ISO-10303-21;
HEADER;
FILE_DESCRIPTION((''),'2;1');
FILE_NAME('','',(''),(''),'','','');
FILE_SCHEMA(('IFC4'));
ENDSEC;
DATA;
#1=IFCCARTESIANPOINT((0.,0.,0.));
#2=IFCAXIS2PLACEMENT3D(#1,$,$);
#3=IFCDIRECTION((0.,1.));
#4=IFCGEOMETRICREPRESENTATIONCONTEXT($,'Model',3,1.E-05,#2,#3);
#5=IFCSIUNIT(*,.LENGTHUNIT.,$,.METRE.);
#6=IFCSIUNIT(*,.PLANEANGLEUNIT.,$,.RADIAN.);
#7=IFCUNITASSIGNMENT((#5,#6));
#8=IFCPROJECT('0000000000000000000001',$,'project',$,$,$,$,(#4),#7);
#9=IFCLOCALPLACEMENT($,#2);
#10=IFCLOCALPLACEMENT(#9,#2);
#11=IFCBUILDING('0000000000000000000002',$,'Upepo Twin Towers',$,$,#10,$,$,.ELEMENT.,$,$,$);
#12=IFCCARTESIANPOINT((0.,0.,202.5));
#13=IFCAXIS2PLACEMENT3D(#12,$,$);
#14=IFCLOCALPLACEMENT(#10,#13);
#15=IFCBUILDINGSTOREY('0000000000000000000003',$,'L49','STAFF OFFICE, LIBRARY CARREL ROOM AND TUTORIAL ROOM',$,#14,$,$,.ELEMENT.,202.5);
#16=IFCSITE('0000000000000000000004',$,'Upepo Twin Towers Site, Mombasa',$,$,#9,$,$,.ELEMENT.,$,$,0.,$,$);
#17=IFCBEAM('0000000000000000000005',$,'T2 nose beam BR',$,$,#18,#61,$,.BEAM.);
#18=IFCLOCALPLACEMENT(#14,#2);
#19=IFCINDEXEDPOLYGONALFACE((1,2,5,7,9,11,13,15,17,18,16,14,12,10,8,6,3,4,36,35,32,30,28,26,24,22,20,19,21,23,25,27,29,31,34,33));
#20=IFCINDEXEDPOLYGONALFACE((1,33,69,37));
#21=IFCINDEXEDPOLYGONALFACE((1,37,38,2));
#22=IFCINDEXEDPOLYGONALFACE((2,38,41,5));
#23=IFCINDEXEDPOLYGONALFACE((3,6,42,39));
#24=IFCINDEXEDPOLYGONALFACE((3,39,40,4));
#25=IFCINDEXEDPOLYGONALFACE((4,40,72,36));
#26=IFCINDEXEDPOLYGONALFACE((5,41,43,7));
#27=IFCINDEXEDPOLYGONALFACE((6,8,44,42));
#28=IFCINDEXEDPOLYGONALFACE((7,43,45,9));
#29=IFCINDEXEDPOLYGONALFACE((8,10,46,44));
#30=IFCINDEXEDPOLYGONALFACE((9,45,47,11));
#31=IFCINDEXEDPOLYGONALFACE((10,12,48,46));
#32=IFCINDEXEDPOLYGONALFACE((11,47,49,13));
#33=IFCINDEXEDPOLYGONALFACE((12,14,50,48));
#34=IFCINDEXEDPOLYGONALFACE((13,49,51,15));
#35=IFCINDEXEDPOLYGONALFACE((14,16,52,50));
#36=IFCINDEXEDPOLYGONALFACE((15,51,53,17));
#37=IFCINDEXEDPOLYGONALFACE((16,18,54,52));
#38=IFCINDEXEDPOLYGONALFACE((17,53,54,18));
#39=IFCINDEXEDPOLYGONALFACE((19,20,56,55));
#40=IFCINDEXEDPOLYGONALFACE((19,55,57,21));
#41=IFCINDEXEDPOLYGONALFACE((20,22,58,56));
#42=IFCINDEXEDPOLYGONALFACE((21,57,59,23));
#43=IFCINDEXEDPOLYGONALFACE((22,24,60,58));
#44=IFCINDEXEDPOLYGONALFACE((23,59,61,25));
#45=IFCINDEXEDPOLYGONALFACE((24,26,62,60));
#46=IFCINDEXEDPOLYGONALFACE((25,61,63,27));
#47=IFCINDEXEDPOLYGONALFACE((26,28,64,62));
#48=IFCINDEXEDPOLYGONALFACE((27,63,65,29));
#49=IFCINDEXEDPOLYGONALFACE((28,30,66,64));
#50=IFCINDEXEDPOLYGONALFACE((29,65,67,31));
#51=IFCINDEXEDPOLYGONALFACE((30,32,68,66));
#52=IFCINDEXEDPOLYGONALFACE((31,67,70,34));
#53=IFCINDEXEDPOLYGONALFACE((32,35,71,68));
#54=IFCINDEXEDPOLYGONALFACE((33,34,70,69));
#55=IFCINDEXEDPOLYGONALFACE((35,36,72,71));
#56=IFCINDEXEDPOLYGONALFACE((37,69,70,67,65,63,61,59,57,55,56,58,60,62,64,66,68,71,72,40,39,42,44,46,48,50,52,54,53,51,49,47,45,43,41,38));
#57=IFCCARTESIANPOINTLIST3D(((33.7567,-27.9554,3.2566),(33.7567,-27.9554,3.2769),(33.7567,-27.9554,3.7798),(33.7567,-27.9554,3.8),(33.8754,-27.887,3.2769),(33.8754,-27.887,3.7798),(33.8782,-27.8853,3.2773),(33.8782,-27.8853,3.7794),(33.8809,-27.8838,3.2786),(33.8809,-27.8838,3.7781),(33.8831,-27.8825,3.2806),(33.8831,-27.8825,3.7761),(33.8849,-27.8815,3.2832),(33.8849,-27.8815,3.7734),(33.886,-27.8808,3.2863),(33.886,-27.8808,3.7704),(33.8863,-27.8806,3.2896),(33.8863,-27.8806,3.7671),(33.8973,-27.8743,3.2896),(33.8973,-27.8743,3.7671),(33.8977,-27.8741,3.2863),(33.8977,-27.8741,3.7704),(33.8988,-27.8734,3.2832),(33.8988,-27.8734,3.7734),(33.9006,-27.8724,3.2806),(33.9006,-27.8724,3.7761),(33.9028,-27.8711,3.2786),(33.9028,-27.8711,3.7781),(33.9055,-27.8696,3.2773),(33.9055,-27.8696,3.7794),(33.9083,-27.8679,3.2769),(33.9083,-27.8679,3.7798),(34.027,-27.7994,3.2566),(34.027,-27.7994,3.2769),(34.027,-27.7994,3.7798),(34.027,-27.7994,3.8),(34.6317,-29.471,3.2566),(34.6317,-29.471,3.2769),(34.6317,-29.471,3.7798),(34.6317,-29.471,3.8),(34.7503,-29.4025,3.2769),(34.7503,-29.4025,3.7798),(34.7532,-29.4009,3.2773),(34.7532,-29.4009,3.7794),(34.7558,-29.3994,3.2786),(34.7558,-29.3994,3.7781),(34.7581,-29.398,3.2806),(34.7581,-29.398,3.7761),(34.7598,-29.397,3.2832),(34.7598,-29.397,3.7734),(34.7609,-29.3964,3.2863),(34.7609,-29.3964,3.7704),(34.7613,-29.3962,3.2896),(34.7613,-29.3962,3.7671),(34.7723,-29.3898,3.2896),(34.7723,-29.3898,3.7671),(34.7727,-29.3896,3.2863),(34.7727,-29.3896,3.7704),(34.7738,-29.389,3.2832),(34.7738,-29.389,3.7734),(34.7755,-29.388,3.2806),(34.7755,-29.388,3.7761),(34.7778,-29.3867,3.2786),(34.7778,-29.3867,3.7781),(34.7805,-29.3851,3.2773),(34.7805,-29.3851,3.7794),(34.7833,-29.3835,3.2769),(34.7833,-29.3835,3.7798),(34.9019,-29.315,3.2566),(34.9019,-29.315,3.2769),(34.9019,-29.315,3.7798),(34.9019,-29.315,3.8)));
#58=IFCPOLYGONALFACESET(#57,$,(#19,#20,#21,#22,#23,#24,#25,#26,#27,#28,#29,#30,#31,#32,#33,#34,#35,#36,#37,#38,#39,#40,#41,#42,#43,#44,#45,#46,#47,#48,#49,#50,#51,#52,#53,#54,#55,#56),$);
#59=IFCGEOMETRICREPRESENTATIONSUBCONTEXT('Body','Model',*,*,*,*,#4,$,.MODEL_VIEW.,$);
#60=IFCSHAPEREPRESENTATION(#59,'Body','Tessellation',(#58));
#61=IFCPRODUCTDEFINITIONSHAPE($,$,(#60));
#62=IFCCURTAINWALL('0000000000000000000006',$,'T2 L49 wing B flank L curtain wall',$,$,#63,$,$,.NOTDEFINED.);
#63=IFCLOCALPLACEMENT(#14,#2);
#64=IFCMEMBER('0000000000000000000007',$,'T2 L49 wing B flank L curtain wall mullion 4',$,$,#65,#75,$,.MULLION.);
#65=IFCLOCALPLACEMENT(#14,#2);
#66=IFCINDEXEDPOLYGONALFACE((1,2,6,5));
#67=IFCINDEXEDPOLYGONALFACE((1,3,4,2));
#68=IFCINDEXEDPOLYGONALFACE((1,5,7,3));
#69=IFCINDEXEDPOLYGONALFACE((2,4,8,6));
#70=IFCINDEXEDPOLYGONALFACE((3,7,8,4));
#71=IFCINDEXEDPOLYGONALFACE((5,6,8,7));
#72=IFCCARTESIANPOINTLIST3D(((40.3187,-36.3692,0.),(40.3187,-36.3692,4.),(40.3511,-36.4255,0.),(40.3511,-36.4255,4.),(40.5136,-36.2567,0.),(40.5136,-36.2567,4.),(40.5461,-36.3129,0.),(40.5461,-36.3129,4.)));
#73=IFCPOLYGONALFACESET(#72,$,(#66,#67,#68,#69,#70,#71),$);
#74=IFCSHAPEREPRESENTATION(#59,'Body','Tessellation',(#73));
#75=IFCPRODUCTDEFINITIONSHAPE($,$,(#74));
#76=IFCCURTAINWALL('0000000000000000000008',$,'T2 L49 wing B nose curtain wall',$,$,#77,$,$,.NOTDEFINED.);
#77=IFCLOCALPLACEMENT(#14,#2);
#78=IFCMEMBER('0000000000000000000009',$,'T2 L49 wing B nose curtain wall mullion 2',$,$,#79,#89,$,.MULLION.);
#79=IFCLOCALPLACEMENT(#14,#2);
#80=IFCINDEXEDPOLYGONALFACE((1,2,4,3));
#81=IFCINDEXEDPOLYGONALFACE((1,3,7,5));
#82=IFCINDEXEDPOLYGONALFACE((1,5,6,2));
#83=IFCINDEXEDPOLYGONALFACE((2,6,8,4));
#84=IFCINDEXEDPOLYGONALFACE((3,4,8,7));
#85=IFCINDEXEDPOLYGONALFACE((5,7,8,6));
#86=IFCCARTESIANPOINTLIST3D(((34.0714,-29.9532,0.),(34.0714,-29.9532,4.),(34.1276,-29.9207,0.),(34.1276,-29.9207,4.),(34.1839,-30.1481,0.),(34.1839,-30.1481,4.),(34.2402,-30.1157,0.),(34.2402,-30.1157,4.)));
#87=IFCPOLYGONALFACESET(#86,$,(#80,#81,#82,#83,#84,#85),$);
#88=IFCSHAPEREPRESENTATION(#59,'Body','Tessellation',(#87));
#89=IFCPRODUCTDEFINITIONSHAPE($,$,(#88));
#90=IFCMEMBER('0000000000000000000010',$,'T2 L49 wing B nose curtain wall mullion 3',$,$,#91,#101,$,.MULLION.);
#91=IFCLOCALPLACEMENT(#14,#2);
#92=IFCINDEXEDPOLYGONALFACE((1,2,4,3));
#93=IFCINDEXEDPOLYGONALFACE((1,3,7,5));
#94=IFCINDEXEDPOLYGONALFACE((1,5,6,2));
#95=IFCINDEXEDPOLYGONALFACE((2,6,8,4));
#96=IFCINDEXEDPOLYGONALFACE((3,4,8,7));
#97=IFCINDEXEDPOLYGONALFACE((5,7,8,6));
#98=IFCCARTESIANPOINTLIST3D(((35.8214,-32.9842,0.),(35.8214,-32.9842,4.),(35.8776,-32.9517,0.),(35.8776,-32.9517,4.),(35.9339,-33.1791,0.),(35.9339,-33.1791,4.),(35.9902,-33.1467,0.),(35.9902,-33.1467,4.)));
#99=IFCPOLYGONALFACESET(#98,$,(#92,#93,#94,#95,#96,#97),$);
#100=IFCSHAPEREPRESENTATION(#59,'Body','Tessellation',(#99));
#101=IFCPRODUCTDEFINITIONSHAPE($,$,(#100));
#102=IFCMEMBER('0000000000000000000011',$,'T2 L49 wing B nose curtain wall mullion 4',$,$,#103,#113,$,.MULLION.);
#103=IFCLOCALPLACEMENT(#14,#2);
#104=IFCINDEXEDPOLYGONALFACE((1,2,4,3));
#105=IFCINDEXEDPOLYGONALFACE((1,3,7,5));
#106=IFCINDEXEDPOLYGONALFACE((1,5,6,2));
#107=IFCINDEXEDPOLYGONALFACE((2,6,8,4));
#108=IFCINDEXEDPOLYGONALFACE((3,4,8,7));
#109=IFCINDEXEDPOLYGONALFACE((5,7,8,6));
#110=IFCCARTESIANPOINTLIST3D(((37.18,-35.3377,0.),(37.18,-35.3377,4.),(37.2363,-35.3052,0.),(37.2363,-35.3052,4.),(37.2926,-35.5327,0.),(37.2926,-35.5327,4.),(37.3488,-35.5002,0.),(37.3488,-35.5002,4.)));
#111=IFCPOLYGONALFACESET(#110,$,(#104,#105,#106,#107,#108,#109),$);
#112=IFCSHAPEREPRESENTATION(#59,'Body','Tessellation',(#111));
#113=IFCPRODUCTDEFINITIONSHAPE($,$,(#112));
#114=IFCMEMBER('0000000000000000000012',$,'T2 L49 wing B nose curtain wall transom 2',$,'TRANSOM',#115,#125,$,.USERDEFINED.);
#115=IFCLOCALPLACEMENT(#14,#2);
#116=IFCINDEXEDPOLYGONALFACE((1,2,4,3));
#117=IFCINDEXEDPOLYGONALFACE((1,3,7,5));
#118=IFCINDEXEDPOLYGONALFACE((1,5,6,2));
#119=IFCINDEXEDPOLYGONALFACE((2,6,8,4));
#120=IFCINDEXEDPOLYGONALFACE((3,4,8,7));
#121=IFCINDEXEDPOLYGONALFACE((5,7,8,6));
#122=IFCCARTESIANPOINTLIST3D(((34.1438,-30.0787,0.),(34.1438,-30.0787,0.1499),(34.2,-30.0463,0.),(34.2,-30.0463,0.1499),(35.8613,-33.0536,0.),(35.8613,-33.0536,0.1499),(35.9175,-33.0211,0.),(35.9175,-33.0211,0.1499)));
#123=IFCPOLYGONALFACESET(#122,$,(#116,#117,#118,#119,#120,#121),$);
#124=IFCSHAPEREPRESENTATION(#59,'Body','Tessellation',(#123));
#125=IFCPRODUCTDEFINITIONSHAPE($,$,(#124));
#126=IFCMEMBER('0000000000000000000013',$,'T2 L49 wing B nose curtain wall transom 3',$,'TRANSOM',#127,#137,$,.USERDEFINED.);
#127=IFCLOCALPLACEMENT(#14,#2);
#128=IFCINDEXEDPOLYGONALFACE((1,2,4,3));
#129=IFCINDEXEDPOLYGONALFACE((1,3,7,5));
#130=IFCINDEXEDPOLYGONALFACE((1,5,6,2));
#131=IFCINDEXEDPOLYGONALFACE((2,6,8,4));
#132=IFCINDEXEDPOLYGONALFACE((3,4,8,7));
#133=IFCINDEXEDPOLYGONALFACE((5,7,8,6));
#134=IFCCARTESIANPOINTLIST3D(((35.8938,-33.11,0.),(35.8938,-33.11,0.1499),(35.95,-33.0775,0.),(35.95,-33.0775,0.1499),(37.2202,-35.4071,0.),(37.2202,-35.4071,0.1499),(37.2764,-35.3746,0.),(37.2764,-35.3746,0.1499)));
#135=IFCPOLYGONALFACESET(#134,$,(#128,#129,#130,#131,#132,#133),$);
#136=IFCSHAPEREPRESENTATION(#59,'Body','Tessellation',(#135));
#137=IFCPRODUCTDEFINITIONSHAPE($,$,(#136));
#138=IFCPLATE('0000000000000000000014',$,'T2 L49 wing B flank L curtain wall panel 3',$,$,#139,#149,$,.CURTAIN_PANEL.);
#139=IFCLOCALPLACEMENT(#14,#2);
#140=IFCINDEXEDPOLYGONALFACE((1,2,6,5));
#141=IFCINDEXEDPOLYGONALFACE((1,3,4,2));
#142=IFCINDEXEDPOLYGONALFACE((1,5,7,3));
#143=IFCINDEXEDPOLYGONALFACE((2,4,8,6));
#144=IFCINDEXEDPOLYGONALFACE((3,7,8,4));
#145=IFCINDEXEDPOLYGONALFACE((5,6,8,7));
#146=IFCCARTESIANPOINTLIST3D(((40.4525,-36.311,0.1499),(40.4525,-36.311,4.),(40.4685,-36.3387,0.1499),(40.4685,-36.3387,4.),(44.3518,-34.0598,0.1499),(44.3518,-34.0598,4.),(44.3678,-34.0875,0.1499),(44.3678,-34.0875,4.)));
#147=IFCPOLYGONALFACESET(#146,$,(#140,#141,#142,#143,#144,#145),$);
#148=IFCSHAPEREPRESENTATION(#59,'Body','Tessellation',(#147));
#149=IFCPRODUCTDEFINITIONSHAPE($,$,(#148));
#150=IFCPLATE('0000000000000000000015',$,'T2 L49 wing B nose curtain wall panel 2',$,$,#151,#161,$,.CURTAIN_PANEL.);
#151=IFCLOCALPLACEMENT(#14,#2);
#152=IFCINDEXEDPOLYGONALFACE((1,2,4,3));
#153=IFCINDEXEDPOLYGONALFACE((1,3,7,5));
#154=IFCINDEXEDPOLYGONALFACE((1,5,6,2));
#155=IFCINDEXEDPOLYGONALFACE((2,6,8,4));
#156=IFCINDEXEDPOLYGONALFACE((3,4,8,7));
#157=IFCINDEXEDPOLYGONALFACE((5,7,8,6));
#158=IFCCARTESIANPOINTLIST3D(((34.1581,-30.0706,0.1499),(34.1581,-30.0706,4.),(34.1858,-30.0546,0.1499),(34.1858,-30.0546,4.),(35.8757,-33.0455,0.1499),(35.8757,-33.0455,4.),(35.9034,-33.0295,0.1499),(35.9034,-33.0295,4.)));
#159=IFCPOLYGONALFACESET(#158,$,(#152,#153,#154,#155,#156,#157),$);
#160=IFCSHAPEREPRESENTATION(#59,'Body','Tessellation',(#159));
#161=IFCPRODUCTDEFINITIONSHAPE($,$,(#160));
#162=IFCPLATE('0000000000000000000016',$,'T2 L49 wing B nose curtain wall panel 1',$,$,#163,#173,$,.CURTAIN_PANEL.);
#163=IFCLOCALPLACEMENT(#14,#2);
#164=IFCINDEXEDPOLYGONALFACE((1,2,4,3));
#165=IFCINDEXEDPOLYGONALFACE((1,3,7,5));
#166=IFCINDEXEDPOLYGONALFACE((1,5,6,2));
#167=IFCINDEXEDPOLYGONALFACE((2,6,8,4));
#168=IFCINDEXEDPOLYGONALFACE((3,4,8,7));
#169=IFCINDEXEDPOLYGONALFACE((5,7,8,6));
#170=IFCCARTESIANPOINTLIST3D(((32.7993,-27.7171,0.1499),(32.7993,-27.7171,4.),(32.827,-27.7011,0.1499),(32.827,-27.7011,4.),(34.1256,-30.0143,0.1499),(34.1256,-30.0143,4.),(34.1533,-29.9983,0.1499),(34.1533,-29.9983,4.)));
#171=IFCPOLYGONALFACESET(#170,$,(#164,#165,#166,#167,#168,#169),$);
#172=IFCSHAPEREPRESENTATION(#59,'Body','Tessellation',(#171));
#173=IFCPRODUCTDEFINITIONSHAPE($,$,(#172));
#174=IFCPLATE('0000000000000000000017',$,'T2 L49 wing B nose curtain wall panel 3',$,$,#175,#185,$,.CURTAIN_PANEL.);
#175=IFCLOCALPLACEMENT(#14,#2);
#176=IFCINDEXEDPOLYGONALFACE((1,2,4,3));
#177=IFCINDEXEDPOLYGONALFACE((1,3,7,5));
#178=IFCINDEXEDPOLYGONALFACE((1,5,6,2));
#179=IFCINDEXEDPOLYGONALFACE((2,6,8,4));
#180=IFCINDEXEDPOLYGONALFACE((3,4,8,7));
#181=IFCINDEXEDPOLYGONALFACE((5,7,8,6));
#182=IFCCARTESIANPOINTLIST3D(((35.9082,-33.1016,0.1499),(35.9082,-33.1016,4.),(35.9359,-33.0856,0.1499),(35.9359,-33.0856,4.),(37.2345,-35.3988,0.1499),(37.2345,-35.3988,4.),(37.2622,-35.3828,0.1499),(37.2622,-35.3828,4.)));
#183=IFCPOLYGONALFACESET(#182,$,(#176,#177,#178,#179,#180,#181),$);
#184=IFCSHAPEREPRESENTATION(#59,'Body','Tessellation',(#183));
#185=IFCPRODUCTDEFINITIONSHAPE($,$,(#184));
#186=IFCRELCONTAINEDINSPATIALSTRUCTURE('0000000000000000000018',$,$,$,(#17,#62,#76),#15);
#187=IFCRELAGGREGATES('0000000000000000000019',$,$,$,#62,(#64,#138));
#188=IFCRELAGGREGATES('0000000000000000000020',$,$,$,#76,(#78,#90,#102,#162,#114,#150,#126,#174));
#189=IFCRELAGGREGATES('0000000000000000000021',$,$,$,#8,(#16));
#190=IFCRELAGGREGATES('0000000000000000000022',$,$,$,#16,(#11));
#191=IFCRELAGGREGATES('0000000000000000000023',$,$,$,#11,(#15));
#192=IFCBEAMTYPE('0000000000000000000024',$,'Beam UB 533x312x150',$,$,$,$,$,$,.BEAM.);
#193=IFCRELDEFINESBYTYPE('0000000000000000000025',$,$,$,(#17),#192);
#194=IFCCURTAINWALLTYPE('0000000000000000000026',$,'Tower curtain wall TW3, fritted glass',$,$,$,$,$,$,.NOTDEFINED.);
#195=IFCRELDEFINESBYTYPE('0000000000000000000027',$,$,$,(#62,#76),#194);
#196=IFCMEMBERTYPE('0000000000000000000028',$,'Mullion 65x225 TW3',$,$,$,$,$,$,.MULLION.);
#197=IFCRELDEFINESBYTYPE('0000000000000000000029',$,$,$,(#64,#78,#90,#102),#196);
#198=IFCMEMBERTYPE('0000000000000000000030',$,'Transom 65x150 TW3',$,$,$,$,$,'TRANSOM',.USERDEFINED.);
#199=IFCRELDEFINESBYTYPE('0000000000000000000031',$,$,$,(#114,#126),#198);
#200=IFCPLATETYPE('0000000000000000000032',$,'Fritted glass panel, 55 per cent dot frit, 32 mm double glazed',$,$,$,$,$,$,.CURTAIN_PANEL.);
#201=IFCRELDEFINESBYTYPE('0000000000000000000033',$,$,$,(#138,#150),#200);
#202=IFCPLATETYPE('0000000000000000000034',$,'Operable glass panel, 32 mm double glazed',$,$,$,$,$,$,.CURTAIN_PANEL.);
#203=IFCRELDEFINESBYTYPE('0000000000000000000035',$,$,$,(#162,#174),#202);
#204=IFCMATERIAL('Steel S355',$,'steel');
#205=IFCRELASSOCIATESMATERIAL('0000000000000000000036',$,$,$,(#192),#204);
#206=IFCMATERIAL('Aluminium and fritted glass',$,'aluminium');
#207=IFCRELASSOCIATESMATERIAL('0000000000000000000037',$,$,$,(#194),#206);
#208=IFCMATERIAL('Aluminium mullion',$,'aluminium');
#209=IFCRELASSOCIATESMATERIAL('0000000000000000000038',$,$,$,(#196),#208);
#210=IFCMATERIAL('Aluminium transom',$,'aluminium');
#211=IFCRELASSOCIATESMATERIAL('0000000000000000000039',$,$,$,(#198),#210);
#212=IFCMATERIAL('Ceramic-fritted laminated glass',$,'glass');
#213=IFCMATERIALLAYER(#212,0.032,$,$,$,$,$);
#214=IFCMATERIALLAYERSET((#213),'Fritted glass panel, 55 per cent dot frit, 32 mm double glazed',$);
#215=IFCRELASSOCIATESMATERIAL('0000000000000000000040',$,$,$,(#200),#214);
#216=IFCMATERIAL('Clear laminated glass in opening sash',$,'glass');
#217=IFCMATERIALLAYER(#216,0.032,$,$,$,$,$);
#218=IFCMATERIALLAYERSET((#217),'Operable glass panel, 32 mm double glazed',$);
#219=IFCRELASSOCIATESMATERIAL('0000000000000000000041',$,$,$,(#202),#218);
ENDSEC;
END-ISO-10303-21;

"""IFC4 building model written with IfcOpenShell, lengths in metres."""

from ifc_helpers import new_model, si_unit, direction, frame, origin, origin_2d, place, context, subcontext, project, spatial, rectangle, i_section, extrude, material, layer, layer_set, material_profile, profile_set, type_object, element, aggregate, save


model = new_model("IFC4")

# Units and contexts
model_context = context("Model", 3, precision=1e-05, world=origin(), true_north=direction((0.0, 1.0)))
body_context = subcontext(model_context, "Body", "Model", "MODEL_VIEW")
ifc_project = project(units=[si_unit("LENGTHUNIT", "METRE"), si_unit("PLANEANGLEUNIT", "RADIAN")], contexts=[model_context])

# Site, building, storey
site_placement = place(None, origin())
site = spatial("IfcSite", under=ifc_project, at=site_placement, Name="Upepo Twin Towers Site, Mombasa", CompositionType="ELEMENT", RefElevation=0.0)
building_placement = place(site_placement, origin())
building = spatial("IfcBuilding", under=site, at=building_placement, Name="Upepo Twin Towers", CompositionType="ELEMENT")
storey_placement = place(building_placement, frame((0.0, 0.0, 202.5)))
storey = spatial("IfcBuildingStorey", under=building, at=storey_placement, Name="L49", Description="STAFF OFFICE, LIBRARY CARREL ROOM AND TUTORIAL ROOM", CompositionType="ELEMENT", Elevation=202.5)

# Beam
ifc_material_1 = material(Name="Steel S355", Category="steel")
ifc_material_profile_1 = material_profile(ifc_material_1, i_section(OverallWidth=0.312, OverallDepth=0.5435, WebThickness=0.0127, FlangeThickness=0.0203, FilletRadius=0.0127, at=origin_2d()), Name="UB 533x312x150")
ifc_profile_set_1 = profile_set([ifc_material_profile_1], Name="Steel S355")
beam_type_1 = type_object("IfcBeamType", Name="Beam UB 533x312x150", PredefinedType="BEAM", material=ifc_profile_set_1)
for number, where, z_axis, x_axis, name in (
    (1, (33.8918, -27.8774, 3.5283), (0.49998, -0.866037, 0.0), (0.866037, 0.49998, 0.0), "T2 nose beam BR"),
):
    element("IfcBeam", number, at=place(storey_placement, frame(where, z_axis=z_axis, x_axis=x_axis)), inside=storey, type_object=beam_type_1, Name=name, PredefinedType="BEAM", context=body_context, shape_type="SweptSolid", body=[
        extrude(i_section(OverallWidth=0.312, OverallDepth=0.5435, WebThickness=0.0127, FlangeThickness=0.0203, FilletRadius=0.0127, at=origin_2d()), origin(), (0.0, 0.0, 1.0), 1.75),
    ])

# Curtain wall, member
ifc_material_2 = material(Name="Aluminium and fritted glass", Category="aluminium")
curtain_wall_type = type_object("IfcCurtainWallType", Name="Tower curtain wall TW3, fritted glass", PredefinedType="NOTDEFINED", material=ifc_material_2)
curtain_wall_1_placement = place(storey_placement, origin())
curtain_wall_1 = element("IfcCurtainWall", 2, at=curtain_wall_1_placement, inside=storey, type_object=curtain_wall_type, Name="T2 L49 wing B flank L curtain wall", PredefinedType="NOTDEFINED")
ifc_material_3 = material(Name="Aluminium mullion", Category="aluminium")
ifc_material_profile_2 = material_profile(ifc_material_3, rectangle(XDim=0.0649, YDim=0.2251, at=origin_2d()), Name="MULLION 65x225")
ifc_profile_set_2 = profile_set([ifc_material_profile_2], Name="Aluminium mullion")
member_type_1 = type_object("IfcMemberType", Name="Mullion 65x225 TW3", PredefinedType="MULLION", material=ifc_profile_set_2)
member_1_placement = place(storey_placement, frame((40.4324, -36.3411, 0.0), z_axis=(0.0, 0.0, 1.0), x_axis=(0.5, -0.866025, 0.0)))
member_1 = element("IfcMember", 3, at=member_1_placement, type_object=member_type_1, Name="T2 L49 wing B flank L curtain wall mullion 4", PredefinedType="MULLION", context=body_context, shape_type="SweptSolid", body=[
    extrude(rectangle(XDim=0.0649, YDim=0.2251, at=origin_2d()), origin(), (0.0, 0.0, 1.0), 4.0),
])

# Curtain wall, members
curtain_wall_2_placement = place(storey_placement, origin())
curtain_wall_2 = element("IfcCurtainWall", 4, at=curtain_wall_2_placement, inside=storey, type_object=curtain_wall_type, Name="T2 L49 wing B nose curtain wall", PredefinedType="NOTDEFINED")
member_2_placement = place(storey_placement, frame((34.1558, -30.0344, 0.0), z_axis=(0.0, 0.0, 1.0), x_axis=(0.866025, 0.5, 0.0)))
member_2 = element("IfcMember", 5, at=member_2_placement, type_object=member_type_1, Name="T2 L49 wing B nose curtain wall mullion 2", PredefinedType="MULLION", context=body_context, shape_type="SweptSolid", body=[
    extrude(rectangle(XDim=0.0649, YDim=0.2251, at=origin_2d()), origin(), (0.0, 0.0, 1.0), 4.0),
])
member_3_placement = place(storey_placement, frame((35.9058, -33.0654, 0.0), z_axis=(0.0, 0.0, 1.0), x_axis=(0.866025, 0.5, 0.0)))
member_3 = element("IfcMember", 6, at=member_3_placement, type_object=member_type_1, Name="T2 L49 wing B nose curtain wall mullion 3", PredefinedType="MULLION", context=body_context, shape_type="SweptSolid", body=[
    extrude(rectangle(XDim=0.0649, YDim=0.2251, at=origin_2d()), origin(), (0.0, 0.0, 1.0), 4.0),
])
member_4_placement = place(storey_placement, frame((37.2644, -35.4189, 0.0), z_axis=(0.0, 0.0, 1.0), x_axis=(0.866025, 0.5, 0.0)))
member_4 = element("IfcMember", 7, at=member_4_placement, type_object=member_type_1, Name="T2 L49 wing B nose curtain wall mullion 4", PredefinedType="MULLION", context=body_context, shape_type="SweptSolid", body=[
    extrude(rectangle(XDim=0.0649, YDim=0.2251, at=origin_2d()), origin(), (0.0, 0.0, 1.0), 4.0),
])
ifc_material_4 = material(Name="Aluminium transom", Category="aluminium")
ifc_material_profile_3 = material_profile(ifc_material_4, rectangle(XDim=0.0649, YDim=0.1499, at=origin_2d()), Name="TRANSOM 65x150")
ifc_profile_set_3 = profile_set([ifc_material_profile_3], Name="Aluminium transom")
member_type_2 = type_object("IfcMemberType", Name="Transom 65x150 TW3", ElementType="TRANSOM", PredefinedType="USERDEFINED", material=ifc_profile_set_3)
member_5_placement = place(storey_placement, frame((34.1719, -30.0625, 0.075), z_axis=(0.499999, -0.866026, 0.0), x_axis=(0.866026, 0.499999, 0.0)))
member_5 = element("IfcMember", 8, at=member_5_placement, type_object=member_type_2, Name="T2 L49 wing B nose curtain wall transom 2", ObjectType="TRANSOM", PredefinedType="USERDEFINED", context=body_context, shape_type="SweptSolid", body=[
    extrude(rectangle(XDim=0.0649, YDim=0.1499, at=origin_2d()), origin(), (0.0, 0.0, 1.0), 3.4351),
])
member_6_placement = place(storey_placement, frame((35.9219, -33.0938, 0.075), z_axis=(0.500049, -0.865997, 0.0), x_axis=(0.865997, 0.500049, 0.0)))
member_6 = element("IfcMember", 9, at=member_6_placement, type_object=member_type_2, Name="T2 L49 wing B nose curtain wall transom 3", ObjectType="TRANSOM", PredefinedType="USERDEFINED", context=body_context, shape_type="SweptSolid", body=[
    extrude(rectangle(XDim=0.0649, YDim=0.1499, at=origin_2d()), origin(), (0.0, 0.0, 1.0), 2.6526),
])

# Plates
ifc_material_5 = material(Name="Ceramic-fritted laminated glass", Category="glass")
ifc_layer_1 = layer(ifc_material_5, 0.032)
ifc_layer_set_1 = layer_set([ifc_layer_1], Name="Fritted glass panel, 55 per cent dot frit, 32 mm double glazed")
plate_type_1 = type_object("IfcPlateType", Name="Fritted glass panel, 55 per cent dot frit, 32 mm double glazed", PredefinedType="CURTAIN_PANEL", material=ifc_layer_set_1)
plate_1_placement = place(storey_placement, frame((42.4102, -35.1992, 0.1499), z_axis=(0.0, 0.0, 1.0), x_axis=(-0.866025, -0.5, 0.0)))
plate_1 = element("IfcPlate", 10, at=plate_1_placement, type_object=plate_type_1, Name="T2 L49 wing B flank L curtain wall panel 3", PredefinedType="CURTAIN_PANEL", context=body_context, shape_type="SweptSolid", body=[
    extrude(rectangle(XDim=4.5024, YDim=0.032, at=origin_2d()), origin(), (0.0, 0.0, 1.0), 3.8501),
])
aggregate(curtain_wall_1, [member_1, plate_1])
plate_2_placement = place(storey_placement, frame((35.0308, -31.55, 0.1499), z_axis=(0.0, 0.0, 1.0), x_axis=(0.5, -0.866025, 0.0)))
plate_2 = element("IfcPlate", 11, at=plate_2_placement, type_object=plate_type_1, Name="T2 L49 wing B nose curtain wall panel 2", PredefinedType="CURTAIN_PANEL", context=body_context, shape_type="SweptSolid", body=[
    extrude(rectangle(XDim=3.4351, YDim=0.032, at=origin_2d()), origin(), (0.0, 0.0, 1.0), 3.8501),
])
ifc_material_6 = material(Name="Clear laminated glass in opening sash", Category="glass")
ifc_layer_2 = layer(ifc_material_6, 0.032)
ifc_layer_set_2 = layer_set([ifc_layer_2], Name="Operable glass panel, 32 mm double glazed")
plate_type_2 = type_object("IfcPlateType", Name="Operable glass panel, 32 mm double glazed", PredefinedType="CURTAIN_PANEL", material=ifc_layer_set_2)
plate_3_placement = place(storey_placement, frame((33.4763, -28.8577, 0.1499), z_axis=(0.0, 0.0, 1.0), x_axis=(0.5, -0.866025, 0.0)))
plate_3 = element("IfcPlate", 12, at=plate_3_placement, type_object=plate_type_2, Name="T2 L49 wing B nose curtain wall panel 1", PredefinedType="CURTAIN_PANEL", context=body_context, shape_type="SweptSolid", body=[
    extrude(rectangle(XDim=2.6526, YDim=0.032, at=origin_2d()), origin(), (0.0, 0.0, 1.0), 3.8501),
])
plate_4_placement = place(storey_placement, frame((36.5852, -34.2422, 0.1499), z_axis=(0.0, 0.0, 1.0), x_axis=(0.5, -0.866025, 0.0)))
plate_4 = element("IfcPlate", 13, at=plate_4_placement, type_object=plate_type_2, Name="T2 L49 wing B nose curtain wall panel 3", PredefinedType="CURTAIN_PANEL", context=body_context, shape_type="SweptSolid", body=[
    extrude(rectangle(XDim=2.6526, YDim=0.032, at=origin_2d()), origin(), (0.0, 0.0, 1.0), 3.8501),
])
aggregate(curtain_wall_2, [member_2, member_3, member_4, plate_3, member_5, plate_2, member_6, plate_4])

save(model, "model.ifc")
